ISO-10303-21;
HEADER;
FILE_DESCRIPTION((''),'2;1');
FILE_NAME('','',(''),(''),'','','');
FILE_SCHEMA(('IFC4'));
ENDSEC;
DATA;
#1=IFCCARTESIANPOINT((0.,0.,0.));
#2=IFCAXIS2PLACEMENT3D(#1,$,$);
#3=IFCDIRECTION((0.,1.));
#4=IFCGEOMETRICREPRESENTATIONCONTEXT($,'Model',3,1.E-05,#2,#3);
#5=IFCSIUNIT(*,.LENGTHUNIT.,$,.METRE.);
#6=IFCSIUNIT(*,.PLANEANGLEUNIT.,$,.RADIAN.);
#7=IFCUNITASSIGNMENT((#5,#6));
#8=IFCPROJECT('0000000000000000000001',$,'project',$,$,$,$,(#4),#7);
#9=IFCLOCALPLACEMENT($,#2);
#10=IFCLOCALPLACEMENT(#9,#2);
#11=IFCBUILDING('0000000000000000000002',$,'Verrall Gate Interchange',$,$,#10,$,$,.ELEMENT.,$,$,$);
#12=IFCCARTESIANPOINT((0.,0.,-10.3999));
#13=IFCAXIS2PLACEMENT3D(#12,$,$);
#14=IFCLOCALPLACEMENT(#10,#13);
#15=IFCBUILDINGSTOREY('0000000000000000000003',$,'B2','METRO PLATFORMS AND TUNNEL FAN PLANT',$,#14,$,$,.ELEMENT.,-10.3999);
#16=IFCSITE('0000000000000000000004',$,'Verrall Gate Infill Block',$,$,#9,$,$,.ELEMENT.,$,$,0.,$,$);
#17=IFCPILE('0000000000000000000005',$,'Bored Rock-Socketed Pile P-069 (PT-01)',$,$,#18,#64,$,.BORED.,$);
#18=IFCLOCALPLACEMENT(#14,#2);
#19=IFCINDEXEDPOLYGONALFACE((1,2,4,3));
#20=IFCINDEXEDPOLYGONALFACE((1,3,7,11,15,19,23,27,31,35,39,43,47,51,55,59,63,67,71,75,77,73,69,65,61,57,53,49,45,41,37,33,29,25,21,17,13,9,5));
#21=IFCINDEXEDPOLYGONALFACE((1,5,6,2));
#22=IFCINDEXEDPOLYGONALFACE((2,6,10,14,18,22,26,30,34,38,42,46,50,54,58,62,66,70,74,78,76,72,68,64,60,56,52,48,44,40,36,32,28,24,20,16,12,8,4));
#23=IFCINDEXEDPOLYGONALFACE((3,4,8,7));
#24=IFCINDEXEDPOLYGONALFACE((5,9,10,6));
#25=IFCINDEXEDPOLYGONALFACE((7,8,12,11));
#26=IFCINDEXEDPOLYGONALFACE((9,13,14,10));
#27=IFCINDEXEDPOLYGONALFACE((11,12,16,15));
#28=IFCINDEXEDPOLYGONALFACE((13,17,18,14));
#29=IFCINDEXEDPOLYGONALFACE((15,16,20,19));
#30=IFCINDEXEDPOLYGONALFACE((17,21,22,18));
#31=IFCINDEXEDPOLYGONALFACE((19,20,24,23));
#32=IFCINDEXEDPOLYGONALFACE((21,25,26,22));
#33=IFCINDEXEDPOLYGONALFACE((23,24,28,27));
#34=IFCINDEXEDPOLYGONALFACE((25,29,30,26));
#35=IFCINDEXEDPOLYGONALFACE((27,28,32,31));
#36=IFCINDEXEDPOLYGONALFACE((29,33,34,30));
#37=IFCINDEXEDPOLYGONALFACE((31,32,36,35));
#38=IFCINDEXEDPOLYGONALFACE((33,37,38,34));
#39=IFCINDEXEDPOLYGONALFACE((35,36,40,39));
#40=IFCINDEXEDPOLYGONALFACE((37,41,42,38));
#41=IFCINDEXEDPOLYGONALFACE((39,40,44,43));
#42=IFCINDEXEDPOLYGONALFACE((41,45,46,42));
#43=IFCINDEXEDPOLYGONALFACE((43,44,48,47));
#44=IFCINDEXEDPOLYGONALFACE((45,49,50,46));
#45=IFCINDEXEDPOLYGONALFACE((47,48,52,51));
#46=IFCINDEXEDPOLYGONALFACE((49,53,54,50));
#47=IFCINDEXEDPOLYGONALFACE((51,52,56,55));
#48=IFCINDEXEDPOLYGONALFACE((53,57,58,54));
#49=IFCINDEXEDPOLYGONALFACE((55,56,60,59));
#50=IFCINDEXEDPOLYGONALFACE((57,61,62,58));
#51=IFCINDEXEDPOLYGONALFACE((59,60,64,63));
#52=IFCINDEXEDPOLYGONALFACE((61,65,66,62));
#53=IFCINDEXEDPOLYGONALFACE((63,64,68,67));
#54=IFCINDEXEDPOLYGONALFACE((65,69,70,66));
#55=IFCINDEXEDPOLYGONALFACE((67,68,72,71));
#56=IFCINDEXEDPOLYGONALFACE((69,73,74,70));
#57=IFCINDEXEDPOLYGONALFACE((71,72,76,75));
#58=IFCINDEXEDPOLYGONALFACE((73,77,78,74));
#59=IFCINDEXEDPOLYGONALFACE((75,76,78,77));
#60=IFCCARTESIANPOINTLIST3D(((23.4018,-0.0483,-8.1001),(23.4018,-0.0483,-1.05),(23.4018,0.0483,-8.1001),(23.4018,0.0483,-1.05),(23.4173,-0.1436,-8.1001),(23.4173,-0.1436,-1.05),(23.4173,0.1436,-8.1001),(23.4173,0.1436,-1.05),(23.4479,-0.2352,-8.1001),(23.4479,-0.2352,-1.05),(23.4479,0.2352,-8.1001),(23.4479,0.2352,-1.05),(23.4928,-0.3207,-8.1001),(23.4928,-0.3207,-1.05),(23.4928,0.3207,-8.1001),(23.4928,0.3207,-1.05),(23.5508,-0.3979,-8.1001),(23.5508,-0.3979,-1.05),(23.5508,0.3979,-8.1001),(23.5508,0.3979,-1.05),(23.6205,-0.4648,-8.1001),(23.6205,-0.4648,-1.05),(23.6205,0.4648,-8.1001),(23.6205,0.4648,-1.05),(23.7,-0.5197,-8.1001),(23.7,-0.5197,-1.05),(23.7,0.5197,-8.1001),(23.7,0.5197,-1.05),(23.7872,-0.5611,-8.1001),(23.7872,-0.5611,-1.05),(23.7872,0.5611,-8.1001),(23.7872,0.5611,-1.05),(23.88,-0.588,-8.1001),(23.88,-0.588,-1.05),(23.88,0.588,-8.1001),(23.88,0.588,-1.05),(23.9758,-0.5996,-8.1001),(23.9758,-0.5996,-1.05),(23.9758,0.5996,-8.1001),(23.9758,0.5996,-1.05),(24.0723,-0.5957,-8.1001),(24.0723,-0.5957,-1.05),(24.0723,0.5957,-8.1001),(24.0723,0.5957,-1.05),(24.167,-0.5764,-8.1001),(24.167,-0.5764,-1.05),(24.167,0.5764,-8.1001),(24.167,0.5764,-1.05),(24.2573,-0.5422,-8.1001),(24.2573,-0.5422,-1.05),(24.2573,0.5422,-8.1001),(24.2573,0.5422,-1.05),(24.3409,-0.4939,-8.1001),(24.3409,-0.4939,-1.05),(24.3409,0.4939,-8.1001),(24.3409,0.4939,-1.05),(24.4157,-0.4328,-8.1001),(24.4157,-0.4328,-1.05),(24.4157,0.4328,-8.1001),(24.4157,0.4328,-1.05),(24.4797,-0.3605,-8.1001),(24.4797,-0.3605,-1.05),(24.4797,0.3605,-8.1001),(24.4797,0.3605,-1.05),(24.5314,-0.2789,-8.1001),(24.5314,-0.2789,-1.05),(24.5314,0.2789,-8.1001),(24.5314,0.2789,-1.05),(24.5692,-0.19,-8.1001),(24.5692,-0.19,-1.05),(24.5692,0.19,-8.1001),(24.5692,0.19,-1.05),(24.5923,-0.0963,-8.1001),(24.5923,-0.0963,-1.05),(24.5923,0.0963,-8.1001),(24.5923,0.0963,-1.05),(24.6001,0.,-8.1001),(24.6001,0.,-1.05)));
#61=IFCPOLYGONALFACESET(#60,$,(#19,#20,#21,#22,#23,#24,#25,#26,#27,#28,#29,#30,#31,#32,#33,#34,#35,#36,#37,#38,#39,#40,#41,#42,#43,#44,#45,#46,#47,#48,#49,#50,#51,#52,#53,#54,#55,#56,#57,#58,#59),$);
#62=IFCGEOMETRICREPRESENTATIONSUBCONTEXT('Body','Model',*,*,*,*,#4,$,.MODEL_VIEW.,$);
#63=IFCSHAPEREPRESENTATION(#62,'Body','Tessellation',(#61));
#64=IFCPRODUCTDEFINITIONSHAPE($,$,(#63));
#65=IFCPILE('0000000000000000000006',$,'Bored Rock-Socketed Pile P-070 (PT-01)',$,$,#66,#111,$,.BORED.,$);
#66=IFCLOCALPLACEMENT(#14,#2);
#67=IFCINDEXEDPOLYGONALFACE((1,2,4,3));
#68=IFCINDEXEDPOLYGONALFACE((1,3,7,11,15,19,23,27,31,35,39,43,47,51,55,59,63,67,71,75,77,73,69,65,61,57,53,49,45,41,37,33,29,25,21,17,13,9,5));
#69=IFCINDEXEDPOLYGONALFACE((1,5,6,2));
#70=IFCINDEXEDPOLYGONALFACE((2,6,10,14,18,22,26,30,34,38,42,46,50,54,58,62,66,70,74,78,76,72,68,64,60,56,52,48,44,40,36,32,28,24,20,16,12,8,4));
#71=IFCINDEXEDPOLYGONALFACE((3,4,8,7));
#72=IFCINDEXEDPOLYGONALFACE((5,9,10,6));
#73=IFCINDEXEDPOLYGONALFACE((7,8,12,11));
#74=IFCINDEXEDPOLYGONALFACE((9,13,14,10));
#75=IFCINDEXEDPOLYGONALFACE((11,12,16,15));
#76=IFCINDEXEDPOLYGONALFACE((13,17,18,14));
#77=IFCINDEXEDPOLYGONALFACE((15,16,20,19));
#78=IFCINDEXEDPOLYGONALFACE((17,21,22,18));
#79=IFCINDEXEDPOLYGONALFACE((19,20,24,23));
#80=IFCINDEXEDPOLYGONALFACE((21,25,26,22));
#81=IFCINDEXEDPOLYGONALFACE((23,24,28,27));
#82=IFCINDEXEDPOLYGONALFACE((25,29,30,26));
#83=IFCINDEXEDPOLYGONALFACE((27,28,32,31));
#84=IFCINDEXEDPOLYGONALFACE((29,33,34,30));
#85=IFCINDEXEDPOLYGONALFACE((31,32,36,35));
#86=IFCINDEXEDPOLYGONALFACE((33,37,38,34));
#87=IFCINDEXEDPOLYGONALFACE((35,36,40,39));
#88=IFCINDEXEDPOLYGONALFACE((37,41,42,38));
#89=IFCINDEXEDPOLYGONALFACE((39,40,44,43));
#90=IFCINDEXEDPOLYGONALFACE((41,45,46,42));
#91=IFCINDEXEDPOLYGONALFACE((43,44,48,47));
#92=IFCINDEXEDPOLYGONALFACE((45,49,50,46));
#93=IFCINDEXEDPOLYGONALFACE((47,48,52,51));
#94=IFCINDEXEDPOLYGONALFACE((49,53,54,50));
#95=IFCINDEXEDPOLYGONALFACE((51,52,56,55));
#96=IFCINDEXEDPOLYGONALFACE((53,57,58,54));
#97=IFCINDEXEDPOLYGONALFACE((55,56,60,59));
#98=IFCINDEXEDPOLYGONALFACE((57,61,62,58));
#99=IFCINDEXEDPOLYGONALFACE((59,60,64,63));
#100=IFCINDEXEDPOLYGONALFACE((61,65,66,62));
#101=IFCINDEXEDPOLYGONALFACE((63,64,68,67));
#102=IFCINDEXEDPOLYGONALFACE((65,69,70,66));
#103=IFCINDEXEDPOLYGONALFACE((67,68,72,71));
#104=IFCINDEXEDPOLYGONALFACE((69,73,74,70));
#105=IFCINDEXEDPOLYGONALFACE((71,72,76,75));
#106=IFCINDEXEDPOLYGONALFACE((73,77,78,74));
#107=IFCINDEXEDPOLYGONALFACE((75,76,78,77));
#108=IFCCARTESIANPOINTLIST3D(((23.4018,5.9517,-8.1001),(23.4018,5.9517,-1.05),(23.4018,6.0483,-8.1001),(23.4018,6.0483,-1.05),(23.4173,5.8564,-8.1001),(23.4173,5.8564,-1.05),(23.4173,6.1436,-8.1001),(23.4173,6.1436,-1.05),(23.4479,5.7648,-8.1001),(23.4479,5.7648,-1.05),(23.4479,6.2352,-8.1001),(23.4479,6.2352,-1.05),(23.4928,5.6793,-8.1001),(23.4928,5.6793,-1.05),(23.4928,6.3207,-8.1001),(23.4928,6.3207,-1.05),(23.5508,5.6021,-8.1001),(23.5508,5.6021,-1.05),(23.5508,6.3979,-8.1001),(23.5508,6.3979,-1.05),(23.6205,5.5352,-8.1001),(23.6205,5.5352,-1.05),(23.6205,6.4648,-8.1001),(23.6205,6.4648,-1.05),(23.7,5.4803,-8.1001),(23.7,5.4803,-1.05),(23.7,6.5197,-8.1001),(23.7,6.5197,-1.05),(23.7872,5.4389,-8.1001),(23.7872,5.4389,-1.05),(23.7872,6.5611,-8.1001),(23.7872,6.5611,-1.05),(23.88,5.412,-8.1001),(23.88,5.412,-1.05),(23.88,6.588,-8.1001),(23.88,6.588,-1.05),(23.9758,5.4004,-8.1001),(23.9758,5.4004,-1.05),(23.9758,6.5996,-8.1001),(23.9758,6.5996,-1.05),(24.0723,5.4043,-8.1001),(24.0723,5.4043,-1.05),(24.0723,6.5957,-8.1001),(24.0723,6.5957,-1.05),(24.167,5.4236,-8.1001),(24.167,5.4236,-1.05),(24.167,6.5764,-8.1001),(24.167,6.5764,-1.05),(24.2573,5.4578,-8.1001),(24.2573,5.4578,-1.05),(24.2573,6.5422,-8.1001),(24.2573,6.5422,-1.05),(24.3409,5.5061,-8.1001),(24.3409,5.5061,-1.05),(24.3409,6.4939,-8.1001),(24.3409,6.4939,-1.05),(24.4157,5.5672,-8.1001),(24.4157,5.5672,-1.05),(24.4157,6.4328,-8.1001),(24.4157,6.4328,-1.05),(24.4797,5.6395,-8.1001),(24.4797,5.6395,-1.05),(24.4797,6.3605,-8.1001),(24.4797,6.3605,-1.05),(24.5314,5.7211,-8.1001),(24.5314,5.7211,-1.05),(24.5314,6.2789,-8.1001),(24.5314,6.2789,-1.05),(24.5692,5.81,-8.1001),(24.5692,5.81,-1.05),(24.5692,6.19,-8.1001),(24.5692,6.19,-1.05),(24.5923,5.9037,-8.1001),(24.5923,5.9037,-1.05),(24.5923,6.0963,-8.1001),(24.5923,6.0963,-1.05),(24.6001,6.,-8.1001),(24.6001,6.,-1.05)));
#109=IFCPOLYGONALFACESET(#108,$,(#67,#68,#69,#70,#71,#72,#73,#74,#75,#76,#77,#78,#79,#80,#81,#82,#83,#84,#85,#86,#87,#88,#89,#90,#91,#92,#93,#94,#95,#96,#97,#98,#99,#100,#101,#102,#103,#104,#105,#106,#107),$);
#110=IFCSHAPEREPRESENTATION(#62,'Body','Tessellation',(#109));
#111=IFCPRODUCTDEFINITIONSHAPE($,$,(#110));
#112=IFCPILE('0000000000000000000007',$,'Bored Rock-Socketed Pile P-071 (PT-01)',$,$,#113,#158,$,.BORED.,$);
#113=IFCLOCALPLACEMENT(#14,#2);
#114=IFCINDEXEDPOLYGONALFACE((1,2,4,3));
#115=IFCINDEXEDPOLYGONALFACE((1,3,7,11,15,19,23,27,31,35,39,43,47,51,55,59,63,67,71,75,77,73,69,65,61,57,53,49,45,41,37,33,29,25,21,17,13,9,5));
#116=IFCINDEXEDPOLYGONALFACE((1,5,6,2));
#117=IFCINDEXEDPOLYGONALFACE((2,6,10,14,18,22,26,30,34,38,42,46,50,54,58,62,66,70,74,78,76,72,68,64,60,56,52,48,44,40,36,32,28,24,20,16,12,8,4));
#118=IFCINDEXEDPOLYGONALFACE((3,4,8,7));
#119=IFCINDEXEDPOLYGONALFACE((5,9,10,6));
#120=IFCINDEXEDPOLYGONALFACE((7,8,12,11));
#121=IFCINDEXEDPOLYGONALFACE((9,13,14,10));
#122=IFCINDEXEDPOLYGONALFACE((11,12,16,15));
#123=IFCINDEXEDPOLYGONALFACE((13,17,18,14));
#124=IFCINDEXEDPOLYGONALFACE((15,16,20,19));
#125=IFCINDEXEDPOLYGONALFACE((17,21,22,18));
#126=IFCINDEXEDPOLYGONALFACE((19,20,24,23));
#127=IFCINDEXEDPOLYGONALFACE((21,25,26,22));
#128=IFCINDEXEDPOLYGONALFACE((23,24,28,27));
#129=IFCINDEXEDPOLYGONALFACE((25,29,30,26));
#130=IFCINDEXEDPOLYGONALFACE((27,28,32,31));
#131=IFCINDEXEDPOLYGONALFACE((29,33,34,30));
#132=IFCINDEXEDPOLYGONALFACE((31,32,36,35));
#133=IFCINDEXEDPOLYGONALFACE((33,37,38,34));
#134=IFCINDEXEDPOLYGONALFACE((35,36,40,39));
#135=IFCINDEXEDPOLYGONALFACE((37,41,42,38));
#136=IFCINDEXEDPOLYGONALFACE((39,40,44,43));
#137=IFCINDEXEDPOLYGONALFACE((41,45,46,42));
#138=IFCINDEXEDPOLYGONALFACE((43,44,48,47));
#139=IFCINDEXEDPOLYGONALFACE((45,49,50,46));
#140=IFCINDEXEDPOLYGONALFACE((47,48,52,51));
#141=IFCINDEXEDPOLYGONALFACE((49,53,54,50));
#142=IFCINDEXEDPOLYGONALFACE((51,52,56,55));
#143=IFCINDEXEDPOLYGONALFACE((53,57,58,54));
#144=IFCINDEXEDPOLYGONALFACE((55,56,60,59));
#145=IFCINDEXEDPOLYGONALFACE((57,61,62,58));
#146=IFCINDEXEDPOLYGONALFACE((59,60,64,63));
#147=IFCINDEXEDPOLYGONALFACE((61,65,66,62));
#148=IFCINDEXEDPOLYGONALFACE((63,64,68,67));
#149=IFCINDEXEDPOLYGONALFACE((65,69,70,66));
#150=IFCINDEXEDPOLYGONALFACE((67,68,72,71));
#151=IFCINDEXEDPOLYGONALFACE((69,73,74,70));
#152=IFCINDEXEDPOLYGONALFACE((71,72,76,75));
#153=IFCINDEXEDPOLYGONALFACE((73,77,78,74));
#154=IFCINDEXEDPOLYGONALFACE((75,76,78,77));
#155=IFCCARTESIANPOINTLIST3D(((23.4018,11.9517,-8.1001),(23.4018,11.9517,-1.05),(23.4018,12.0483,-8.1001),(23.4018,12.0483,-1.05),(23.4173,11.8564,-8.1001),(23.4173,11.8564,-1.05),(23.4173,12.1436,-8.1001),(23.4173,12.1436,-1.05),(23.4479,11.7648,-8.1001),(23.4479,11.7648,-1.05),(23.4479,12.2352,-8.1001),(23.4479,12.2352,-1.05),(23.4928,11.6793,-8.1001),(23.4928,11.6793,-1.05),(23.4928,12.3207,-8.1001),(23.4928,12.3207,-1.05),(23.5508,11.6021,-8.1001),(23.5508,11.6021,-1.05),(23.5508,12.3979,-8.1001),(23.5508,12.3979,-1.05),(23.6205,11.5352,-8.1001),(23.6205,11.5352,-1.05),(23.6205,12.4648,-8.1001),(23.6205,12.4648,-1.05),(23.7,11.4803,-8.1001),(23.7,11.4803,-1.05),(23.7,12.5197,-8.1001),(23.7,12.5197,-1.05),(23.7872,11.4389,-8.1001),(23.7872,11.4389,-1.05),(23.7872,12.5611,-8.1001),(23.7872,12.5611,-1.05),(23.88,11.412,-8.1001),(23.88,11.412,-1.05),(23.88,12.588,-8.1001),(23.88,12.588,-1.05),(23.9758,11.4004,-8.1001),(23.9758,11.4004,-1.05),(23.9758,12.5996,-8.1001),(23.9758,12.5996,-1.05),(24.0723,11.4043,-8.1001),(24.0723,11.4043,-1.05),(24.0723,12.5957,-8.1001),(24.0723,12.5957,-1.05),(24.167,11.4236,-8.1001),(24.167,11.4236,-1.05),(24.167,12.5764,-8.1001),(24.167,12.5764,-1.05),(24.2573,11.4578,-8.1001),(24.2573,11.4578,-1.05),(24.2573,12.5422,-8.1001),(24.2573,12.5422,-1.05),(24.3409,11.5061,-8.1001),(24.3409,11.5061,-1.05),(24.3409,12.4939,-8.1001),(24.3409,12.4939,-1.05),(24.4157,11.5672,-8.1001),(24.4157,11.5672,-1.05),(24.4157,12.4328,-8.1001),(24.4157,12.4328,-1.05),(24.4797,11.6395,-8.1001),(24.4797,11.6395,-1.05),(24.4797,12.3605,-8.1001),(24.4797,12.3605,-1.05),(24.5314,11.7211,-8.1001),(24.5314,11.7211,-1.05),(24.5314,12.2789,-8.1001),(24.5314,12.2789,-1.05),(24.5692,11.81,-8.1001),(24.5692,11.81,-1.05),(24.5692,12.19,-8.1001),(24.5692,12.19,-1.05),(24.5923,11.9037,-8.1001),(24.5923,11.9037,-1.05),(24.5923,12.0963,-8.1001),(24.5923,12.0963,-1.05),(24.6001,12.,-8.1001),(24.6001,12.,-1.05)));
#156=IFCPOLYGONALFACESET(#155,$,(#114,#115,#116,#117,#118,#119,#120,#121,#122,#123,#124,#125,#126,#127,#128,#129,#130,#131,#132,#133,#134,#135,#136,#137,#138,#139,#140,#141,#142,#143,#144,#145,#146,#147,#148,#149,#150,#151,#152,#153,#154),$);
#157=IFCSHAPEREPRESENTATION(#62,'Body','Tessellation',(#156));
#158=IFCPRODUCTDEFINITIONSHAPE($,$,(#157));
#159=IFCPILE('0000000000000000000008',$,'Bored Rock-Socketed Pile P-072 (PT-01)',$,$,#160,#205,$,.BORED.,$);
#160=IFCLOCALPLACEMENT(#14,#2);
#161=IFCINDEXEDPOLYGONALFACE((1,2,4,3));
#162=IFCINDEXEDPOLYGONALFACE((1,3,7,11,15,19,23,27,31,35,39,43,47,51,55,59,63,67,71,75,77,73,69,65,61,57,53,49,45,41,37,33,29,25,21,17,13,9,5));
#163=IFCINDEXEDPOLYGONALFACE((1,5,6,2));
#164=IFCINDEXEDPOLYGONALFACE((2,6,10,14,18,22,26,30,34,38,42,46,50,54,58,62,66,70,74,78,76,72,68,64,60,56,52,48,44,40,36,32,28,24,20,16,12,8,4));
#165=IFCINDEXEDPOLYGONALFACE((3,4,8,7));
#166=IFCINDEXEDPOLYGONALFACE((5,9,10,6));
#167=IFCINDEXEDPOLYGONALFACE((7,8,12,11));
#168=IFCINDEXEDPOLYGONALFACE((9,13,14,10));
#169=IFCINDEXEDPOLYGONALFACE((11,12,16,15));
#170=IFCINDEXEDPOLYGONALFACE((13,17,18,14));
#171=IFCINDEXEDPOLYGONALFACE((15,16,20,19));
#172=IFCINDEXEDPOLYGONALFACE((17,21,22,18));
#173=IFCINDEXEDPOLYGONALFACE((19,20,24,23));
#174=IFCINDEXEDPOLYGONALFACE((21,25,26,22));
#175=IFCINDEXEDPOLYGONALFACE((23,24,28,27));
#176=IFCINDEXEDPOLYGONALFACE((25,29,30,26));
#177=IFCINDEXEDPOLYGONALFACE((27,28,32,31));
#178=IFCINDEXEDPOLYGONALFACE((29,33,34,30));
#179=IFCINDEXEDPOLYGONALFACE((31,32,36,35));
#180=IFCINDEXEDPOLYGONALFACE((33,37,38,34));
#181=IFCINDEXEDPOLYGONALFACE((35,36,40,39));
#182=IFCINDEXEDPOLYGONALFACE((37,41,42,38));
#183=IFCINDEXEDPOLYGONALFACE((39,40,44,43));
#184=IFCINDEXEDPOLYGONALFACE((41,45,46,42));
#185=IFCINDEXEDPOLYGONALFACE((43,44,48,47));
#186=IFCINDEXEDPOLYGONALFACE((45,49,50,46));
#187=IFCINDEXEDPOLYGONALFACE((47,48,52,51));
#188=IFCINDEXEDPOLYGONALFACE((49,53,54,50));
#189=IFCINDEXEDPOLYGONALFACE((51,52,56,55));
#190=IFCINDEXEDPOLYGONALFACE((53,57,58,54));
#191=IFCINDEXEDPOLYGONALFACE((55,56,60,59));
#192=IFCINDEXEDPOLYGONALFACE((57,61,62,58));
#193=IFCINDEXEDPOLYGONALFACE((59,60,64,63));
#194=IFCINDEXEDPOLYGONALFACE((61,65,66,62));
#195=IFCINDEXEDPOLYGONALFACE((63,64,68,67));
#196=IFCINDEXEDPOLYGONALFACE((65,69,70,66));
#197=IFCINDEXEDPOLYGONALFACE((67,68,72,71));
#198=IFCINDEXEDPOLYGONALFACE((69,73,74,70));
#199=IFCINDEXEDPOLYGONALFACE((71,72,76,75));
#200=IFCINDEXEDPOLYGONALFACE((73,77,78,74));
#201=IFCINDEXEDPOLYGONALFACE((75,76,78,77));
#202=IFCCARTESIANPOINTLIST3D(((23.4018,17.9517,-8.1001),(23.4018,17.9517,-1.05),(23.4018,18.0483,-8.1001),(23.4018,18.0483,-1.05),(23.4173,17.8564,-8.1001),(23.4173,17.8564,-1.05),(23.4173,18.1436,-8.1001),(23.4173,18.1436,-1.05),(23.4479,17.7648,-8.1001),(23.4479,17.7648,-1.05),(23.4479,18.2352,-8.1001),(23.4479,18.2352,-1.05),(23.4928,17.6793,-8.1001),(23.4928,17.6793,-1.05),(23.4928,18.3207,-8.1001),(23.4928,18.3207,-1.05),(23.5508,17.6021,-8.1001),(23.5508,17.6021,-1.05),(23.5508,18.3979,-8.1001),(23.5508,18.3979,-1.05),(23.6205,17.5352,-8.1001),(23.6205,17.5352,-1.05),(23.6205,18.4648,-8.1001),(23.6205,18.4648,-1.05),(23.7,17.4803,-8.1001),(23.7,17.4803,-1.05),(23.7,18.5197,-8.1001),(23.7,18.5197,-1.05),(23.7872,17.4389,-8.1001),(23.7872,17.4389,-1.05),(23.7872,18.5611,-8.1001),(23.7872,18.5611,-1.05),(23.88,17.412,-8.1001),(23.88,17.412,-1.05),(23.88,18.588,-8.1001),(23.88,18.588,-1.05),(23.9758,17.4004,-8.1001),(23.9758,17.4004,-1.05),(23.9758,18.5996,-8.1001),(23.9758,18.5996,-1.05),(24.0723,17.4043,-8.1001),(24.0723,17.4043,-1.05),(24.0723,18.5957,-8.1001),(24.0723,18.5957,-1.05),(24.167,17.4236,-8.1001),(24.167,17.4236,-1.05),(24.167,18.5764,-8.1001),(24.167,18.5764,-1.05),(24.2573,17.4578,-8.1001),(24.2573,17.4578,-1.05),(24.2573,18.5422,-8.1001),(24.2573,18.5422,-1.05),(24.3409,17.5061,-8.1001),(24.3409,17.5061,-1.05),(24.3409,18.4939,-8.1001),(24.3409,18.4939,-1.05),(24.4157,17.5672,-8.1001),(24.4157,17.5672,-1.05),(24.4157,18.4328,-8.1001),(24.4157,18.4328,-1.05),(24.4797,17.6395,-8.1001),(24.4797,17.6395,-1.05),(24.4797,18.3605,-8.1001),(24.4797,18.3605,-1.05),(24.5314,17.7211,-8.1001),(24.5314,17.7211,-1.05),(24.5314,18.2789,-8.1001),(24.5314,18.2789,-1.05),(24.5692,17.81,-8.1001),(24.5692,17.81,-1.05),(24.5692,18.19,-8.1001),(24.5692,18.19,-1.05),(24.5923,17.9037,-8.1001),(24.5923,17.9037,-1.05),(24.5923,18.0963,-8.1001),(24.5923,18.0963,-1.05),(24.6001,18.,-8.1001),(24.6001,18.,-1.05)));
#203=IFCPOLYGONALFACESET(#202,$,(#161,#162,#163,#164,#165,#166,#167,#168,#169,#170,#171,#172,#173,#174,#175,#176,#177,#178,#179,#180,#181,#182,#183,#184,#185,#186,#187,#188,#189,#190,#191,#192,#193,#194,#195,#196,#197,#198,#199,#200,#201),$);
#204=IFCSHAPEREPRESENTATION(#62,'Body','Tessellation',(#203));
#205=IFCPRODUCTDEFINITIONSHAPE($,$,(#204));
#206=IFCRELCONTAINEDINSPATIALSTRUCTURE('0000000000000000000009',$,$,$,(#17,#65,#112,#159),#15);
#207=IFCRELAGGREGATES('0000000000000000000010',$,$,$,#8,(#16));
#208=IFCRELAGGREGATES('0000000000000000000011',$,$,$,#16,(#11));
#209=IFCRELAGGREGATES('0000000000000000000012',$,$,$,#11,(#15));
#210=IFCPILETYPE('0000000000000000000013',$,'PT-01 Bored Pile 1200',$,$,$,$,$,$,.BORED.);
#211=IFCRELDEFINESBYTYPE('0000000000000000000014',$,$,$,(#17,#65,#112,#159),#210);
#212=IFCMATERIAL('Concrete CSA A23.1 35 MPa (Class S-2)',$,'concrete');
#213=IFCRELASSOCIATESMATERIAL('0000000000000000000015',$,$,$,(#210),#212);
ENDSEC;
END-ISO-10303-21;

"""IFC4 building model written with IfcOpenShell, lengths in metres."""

from ifc_helpers import new_model, si_unit, direction, frame, origin, origin_2d, place, context, subcontext, project, spatial, circle, extrude, material, material_profile, profile_set, type_object, element, save


model = new_model("IFC4")

# Units and contexts
model_context = context("Model", 3, precision=1e-05, world=origin(), true_north=direction((0.0, 1.0)))
body_context = subcontext(model_context, "Body", "Model", "MODEL_VIEW")
ifc_project = project(units=[si_unit("LENGTHUNIT", "METRE"), si_unit("PLANEANGLEUNIT", "RADIAN")], contexts=[model_context])

# Site, building, storey
site_placement = place(None, origin())
site = spatial("IfcSite", under=ifc_project, at=site_placement, Name="Verrall Gate Infill Block", CompositionType="ELEMENT", RefElevation=0.0)
building_placement = place(site_placement, origin())
building = spatial("IfcBuilding", under=site, at=building_placement, Name="Verrall Gate Interchange", CompositionType="ELEMENT")
storey_placement = place(building_placement, frame((0.0, 0.0, -10.3999)))
storey = spatial("IfcBuildingStorey", under=building, at=storey_placement, Name="B2", Description="METRO PLATFORMS AND TUNNEL FAN PLANT", CompositionType="ELEMENT", Elevation=-10.3999)

# Piles
ifc_material_1 = material(Name="Concrete CSA A23.1 35 MPa (Class S-2)", Category="concrete")
ifc_material_profile_1 = material_profile(ifc_material_1, circle(Radius=0.6001, at=origin_2d()), Name="PILE1200D")
ifc_profile_set_1 = profile_set([ifc_material_profile_1], Name="Concrete CSA A23.1 35 MPa (Class S-2)")
pile_type = type_object("IfcPileType", Name="PT-01 Bored Pile 1200", PredefinedType="BORED", material=ifc_profile_set_1)
for number, where, z_axis, x_axis, name in (
    (1, (24.0, 0.0, -1.05), (0.0, 0.0, -1.0), (1.0, 0.0, 0.0), "Bored Rock-Socketed Pile P-069 (PT-01)"),
    (2, (24.0, 6.0, -1.05), (0.0, 0.0, -1.0), (1.0, 0.0, 0.0), "Bored Rock-Socketed Pile P-070 (PT-01)"),
    (3, (24.0, 12.0, -1.05), (0.0, 0.0, -1.0), (1.0, 0.0, 0.0), "Bored Rock-Socketed Pile P-071 (PT-01)"),
    (4, (24.0, 18.0, -1.05), (0.0, 0.0, -1.0), (1.0, 0.0, 0.0), "Bored Rock-Socketed Pile P-072 (PT-01)"),
):
    element("IfcPile", number, at=place(storey_placement, frame(where, z_axis=z_axis, x_axis=x_axis)), inside=storey, type_object=pile_type, Name=name, PredefinedType="BORED", context=body_context, shape_type="SweptSolid", body=[
        extrude(circle(Radius=0.6001, at=origin_2d()), origin(), (0.0, 0.0, 1.0), 7.05),
    ])

save(model, "model.ifc")
